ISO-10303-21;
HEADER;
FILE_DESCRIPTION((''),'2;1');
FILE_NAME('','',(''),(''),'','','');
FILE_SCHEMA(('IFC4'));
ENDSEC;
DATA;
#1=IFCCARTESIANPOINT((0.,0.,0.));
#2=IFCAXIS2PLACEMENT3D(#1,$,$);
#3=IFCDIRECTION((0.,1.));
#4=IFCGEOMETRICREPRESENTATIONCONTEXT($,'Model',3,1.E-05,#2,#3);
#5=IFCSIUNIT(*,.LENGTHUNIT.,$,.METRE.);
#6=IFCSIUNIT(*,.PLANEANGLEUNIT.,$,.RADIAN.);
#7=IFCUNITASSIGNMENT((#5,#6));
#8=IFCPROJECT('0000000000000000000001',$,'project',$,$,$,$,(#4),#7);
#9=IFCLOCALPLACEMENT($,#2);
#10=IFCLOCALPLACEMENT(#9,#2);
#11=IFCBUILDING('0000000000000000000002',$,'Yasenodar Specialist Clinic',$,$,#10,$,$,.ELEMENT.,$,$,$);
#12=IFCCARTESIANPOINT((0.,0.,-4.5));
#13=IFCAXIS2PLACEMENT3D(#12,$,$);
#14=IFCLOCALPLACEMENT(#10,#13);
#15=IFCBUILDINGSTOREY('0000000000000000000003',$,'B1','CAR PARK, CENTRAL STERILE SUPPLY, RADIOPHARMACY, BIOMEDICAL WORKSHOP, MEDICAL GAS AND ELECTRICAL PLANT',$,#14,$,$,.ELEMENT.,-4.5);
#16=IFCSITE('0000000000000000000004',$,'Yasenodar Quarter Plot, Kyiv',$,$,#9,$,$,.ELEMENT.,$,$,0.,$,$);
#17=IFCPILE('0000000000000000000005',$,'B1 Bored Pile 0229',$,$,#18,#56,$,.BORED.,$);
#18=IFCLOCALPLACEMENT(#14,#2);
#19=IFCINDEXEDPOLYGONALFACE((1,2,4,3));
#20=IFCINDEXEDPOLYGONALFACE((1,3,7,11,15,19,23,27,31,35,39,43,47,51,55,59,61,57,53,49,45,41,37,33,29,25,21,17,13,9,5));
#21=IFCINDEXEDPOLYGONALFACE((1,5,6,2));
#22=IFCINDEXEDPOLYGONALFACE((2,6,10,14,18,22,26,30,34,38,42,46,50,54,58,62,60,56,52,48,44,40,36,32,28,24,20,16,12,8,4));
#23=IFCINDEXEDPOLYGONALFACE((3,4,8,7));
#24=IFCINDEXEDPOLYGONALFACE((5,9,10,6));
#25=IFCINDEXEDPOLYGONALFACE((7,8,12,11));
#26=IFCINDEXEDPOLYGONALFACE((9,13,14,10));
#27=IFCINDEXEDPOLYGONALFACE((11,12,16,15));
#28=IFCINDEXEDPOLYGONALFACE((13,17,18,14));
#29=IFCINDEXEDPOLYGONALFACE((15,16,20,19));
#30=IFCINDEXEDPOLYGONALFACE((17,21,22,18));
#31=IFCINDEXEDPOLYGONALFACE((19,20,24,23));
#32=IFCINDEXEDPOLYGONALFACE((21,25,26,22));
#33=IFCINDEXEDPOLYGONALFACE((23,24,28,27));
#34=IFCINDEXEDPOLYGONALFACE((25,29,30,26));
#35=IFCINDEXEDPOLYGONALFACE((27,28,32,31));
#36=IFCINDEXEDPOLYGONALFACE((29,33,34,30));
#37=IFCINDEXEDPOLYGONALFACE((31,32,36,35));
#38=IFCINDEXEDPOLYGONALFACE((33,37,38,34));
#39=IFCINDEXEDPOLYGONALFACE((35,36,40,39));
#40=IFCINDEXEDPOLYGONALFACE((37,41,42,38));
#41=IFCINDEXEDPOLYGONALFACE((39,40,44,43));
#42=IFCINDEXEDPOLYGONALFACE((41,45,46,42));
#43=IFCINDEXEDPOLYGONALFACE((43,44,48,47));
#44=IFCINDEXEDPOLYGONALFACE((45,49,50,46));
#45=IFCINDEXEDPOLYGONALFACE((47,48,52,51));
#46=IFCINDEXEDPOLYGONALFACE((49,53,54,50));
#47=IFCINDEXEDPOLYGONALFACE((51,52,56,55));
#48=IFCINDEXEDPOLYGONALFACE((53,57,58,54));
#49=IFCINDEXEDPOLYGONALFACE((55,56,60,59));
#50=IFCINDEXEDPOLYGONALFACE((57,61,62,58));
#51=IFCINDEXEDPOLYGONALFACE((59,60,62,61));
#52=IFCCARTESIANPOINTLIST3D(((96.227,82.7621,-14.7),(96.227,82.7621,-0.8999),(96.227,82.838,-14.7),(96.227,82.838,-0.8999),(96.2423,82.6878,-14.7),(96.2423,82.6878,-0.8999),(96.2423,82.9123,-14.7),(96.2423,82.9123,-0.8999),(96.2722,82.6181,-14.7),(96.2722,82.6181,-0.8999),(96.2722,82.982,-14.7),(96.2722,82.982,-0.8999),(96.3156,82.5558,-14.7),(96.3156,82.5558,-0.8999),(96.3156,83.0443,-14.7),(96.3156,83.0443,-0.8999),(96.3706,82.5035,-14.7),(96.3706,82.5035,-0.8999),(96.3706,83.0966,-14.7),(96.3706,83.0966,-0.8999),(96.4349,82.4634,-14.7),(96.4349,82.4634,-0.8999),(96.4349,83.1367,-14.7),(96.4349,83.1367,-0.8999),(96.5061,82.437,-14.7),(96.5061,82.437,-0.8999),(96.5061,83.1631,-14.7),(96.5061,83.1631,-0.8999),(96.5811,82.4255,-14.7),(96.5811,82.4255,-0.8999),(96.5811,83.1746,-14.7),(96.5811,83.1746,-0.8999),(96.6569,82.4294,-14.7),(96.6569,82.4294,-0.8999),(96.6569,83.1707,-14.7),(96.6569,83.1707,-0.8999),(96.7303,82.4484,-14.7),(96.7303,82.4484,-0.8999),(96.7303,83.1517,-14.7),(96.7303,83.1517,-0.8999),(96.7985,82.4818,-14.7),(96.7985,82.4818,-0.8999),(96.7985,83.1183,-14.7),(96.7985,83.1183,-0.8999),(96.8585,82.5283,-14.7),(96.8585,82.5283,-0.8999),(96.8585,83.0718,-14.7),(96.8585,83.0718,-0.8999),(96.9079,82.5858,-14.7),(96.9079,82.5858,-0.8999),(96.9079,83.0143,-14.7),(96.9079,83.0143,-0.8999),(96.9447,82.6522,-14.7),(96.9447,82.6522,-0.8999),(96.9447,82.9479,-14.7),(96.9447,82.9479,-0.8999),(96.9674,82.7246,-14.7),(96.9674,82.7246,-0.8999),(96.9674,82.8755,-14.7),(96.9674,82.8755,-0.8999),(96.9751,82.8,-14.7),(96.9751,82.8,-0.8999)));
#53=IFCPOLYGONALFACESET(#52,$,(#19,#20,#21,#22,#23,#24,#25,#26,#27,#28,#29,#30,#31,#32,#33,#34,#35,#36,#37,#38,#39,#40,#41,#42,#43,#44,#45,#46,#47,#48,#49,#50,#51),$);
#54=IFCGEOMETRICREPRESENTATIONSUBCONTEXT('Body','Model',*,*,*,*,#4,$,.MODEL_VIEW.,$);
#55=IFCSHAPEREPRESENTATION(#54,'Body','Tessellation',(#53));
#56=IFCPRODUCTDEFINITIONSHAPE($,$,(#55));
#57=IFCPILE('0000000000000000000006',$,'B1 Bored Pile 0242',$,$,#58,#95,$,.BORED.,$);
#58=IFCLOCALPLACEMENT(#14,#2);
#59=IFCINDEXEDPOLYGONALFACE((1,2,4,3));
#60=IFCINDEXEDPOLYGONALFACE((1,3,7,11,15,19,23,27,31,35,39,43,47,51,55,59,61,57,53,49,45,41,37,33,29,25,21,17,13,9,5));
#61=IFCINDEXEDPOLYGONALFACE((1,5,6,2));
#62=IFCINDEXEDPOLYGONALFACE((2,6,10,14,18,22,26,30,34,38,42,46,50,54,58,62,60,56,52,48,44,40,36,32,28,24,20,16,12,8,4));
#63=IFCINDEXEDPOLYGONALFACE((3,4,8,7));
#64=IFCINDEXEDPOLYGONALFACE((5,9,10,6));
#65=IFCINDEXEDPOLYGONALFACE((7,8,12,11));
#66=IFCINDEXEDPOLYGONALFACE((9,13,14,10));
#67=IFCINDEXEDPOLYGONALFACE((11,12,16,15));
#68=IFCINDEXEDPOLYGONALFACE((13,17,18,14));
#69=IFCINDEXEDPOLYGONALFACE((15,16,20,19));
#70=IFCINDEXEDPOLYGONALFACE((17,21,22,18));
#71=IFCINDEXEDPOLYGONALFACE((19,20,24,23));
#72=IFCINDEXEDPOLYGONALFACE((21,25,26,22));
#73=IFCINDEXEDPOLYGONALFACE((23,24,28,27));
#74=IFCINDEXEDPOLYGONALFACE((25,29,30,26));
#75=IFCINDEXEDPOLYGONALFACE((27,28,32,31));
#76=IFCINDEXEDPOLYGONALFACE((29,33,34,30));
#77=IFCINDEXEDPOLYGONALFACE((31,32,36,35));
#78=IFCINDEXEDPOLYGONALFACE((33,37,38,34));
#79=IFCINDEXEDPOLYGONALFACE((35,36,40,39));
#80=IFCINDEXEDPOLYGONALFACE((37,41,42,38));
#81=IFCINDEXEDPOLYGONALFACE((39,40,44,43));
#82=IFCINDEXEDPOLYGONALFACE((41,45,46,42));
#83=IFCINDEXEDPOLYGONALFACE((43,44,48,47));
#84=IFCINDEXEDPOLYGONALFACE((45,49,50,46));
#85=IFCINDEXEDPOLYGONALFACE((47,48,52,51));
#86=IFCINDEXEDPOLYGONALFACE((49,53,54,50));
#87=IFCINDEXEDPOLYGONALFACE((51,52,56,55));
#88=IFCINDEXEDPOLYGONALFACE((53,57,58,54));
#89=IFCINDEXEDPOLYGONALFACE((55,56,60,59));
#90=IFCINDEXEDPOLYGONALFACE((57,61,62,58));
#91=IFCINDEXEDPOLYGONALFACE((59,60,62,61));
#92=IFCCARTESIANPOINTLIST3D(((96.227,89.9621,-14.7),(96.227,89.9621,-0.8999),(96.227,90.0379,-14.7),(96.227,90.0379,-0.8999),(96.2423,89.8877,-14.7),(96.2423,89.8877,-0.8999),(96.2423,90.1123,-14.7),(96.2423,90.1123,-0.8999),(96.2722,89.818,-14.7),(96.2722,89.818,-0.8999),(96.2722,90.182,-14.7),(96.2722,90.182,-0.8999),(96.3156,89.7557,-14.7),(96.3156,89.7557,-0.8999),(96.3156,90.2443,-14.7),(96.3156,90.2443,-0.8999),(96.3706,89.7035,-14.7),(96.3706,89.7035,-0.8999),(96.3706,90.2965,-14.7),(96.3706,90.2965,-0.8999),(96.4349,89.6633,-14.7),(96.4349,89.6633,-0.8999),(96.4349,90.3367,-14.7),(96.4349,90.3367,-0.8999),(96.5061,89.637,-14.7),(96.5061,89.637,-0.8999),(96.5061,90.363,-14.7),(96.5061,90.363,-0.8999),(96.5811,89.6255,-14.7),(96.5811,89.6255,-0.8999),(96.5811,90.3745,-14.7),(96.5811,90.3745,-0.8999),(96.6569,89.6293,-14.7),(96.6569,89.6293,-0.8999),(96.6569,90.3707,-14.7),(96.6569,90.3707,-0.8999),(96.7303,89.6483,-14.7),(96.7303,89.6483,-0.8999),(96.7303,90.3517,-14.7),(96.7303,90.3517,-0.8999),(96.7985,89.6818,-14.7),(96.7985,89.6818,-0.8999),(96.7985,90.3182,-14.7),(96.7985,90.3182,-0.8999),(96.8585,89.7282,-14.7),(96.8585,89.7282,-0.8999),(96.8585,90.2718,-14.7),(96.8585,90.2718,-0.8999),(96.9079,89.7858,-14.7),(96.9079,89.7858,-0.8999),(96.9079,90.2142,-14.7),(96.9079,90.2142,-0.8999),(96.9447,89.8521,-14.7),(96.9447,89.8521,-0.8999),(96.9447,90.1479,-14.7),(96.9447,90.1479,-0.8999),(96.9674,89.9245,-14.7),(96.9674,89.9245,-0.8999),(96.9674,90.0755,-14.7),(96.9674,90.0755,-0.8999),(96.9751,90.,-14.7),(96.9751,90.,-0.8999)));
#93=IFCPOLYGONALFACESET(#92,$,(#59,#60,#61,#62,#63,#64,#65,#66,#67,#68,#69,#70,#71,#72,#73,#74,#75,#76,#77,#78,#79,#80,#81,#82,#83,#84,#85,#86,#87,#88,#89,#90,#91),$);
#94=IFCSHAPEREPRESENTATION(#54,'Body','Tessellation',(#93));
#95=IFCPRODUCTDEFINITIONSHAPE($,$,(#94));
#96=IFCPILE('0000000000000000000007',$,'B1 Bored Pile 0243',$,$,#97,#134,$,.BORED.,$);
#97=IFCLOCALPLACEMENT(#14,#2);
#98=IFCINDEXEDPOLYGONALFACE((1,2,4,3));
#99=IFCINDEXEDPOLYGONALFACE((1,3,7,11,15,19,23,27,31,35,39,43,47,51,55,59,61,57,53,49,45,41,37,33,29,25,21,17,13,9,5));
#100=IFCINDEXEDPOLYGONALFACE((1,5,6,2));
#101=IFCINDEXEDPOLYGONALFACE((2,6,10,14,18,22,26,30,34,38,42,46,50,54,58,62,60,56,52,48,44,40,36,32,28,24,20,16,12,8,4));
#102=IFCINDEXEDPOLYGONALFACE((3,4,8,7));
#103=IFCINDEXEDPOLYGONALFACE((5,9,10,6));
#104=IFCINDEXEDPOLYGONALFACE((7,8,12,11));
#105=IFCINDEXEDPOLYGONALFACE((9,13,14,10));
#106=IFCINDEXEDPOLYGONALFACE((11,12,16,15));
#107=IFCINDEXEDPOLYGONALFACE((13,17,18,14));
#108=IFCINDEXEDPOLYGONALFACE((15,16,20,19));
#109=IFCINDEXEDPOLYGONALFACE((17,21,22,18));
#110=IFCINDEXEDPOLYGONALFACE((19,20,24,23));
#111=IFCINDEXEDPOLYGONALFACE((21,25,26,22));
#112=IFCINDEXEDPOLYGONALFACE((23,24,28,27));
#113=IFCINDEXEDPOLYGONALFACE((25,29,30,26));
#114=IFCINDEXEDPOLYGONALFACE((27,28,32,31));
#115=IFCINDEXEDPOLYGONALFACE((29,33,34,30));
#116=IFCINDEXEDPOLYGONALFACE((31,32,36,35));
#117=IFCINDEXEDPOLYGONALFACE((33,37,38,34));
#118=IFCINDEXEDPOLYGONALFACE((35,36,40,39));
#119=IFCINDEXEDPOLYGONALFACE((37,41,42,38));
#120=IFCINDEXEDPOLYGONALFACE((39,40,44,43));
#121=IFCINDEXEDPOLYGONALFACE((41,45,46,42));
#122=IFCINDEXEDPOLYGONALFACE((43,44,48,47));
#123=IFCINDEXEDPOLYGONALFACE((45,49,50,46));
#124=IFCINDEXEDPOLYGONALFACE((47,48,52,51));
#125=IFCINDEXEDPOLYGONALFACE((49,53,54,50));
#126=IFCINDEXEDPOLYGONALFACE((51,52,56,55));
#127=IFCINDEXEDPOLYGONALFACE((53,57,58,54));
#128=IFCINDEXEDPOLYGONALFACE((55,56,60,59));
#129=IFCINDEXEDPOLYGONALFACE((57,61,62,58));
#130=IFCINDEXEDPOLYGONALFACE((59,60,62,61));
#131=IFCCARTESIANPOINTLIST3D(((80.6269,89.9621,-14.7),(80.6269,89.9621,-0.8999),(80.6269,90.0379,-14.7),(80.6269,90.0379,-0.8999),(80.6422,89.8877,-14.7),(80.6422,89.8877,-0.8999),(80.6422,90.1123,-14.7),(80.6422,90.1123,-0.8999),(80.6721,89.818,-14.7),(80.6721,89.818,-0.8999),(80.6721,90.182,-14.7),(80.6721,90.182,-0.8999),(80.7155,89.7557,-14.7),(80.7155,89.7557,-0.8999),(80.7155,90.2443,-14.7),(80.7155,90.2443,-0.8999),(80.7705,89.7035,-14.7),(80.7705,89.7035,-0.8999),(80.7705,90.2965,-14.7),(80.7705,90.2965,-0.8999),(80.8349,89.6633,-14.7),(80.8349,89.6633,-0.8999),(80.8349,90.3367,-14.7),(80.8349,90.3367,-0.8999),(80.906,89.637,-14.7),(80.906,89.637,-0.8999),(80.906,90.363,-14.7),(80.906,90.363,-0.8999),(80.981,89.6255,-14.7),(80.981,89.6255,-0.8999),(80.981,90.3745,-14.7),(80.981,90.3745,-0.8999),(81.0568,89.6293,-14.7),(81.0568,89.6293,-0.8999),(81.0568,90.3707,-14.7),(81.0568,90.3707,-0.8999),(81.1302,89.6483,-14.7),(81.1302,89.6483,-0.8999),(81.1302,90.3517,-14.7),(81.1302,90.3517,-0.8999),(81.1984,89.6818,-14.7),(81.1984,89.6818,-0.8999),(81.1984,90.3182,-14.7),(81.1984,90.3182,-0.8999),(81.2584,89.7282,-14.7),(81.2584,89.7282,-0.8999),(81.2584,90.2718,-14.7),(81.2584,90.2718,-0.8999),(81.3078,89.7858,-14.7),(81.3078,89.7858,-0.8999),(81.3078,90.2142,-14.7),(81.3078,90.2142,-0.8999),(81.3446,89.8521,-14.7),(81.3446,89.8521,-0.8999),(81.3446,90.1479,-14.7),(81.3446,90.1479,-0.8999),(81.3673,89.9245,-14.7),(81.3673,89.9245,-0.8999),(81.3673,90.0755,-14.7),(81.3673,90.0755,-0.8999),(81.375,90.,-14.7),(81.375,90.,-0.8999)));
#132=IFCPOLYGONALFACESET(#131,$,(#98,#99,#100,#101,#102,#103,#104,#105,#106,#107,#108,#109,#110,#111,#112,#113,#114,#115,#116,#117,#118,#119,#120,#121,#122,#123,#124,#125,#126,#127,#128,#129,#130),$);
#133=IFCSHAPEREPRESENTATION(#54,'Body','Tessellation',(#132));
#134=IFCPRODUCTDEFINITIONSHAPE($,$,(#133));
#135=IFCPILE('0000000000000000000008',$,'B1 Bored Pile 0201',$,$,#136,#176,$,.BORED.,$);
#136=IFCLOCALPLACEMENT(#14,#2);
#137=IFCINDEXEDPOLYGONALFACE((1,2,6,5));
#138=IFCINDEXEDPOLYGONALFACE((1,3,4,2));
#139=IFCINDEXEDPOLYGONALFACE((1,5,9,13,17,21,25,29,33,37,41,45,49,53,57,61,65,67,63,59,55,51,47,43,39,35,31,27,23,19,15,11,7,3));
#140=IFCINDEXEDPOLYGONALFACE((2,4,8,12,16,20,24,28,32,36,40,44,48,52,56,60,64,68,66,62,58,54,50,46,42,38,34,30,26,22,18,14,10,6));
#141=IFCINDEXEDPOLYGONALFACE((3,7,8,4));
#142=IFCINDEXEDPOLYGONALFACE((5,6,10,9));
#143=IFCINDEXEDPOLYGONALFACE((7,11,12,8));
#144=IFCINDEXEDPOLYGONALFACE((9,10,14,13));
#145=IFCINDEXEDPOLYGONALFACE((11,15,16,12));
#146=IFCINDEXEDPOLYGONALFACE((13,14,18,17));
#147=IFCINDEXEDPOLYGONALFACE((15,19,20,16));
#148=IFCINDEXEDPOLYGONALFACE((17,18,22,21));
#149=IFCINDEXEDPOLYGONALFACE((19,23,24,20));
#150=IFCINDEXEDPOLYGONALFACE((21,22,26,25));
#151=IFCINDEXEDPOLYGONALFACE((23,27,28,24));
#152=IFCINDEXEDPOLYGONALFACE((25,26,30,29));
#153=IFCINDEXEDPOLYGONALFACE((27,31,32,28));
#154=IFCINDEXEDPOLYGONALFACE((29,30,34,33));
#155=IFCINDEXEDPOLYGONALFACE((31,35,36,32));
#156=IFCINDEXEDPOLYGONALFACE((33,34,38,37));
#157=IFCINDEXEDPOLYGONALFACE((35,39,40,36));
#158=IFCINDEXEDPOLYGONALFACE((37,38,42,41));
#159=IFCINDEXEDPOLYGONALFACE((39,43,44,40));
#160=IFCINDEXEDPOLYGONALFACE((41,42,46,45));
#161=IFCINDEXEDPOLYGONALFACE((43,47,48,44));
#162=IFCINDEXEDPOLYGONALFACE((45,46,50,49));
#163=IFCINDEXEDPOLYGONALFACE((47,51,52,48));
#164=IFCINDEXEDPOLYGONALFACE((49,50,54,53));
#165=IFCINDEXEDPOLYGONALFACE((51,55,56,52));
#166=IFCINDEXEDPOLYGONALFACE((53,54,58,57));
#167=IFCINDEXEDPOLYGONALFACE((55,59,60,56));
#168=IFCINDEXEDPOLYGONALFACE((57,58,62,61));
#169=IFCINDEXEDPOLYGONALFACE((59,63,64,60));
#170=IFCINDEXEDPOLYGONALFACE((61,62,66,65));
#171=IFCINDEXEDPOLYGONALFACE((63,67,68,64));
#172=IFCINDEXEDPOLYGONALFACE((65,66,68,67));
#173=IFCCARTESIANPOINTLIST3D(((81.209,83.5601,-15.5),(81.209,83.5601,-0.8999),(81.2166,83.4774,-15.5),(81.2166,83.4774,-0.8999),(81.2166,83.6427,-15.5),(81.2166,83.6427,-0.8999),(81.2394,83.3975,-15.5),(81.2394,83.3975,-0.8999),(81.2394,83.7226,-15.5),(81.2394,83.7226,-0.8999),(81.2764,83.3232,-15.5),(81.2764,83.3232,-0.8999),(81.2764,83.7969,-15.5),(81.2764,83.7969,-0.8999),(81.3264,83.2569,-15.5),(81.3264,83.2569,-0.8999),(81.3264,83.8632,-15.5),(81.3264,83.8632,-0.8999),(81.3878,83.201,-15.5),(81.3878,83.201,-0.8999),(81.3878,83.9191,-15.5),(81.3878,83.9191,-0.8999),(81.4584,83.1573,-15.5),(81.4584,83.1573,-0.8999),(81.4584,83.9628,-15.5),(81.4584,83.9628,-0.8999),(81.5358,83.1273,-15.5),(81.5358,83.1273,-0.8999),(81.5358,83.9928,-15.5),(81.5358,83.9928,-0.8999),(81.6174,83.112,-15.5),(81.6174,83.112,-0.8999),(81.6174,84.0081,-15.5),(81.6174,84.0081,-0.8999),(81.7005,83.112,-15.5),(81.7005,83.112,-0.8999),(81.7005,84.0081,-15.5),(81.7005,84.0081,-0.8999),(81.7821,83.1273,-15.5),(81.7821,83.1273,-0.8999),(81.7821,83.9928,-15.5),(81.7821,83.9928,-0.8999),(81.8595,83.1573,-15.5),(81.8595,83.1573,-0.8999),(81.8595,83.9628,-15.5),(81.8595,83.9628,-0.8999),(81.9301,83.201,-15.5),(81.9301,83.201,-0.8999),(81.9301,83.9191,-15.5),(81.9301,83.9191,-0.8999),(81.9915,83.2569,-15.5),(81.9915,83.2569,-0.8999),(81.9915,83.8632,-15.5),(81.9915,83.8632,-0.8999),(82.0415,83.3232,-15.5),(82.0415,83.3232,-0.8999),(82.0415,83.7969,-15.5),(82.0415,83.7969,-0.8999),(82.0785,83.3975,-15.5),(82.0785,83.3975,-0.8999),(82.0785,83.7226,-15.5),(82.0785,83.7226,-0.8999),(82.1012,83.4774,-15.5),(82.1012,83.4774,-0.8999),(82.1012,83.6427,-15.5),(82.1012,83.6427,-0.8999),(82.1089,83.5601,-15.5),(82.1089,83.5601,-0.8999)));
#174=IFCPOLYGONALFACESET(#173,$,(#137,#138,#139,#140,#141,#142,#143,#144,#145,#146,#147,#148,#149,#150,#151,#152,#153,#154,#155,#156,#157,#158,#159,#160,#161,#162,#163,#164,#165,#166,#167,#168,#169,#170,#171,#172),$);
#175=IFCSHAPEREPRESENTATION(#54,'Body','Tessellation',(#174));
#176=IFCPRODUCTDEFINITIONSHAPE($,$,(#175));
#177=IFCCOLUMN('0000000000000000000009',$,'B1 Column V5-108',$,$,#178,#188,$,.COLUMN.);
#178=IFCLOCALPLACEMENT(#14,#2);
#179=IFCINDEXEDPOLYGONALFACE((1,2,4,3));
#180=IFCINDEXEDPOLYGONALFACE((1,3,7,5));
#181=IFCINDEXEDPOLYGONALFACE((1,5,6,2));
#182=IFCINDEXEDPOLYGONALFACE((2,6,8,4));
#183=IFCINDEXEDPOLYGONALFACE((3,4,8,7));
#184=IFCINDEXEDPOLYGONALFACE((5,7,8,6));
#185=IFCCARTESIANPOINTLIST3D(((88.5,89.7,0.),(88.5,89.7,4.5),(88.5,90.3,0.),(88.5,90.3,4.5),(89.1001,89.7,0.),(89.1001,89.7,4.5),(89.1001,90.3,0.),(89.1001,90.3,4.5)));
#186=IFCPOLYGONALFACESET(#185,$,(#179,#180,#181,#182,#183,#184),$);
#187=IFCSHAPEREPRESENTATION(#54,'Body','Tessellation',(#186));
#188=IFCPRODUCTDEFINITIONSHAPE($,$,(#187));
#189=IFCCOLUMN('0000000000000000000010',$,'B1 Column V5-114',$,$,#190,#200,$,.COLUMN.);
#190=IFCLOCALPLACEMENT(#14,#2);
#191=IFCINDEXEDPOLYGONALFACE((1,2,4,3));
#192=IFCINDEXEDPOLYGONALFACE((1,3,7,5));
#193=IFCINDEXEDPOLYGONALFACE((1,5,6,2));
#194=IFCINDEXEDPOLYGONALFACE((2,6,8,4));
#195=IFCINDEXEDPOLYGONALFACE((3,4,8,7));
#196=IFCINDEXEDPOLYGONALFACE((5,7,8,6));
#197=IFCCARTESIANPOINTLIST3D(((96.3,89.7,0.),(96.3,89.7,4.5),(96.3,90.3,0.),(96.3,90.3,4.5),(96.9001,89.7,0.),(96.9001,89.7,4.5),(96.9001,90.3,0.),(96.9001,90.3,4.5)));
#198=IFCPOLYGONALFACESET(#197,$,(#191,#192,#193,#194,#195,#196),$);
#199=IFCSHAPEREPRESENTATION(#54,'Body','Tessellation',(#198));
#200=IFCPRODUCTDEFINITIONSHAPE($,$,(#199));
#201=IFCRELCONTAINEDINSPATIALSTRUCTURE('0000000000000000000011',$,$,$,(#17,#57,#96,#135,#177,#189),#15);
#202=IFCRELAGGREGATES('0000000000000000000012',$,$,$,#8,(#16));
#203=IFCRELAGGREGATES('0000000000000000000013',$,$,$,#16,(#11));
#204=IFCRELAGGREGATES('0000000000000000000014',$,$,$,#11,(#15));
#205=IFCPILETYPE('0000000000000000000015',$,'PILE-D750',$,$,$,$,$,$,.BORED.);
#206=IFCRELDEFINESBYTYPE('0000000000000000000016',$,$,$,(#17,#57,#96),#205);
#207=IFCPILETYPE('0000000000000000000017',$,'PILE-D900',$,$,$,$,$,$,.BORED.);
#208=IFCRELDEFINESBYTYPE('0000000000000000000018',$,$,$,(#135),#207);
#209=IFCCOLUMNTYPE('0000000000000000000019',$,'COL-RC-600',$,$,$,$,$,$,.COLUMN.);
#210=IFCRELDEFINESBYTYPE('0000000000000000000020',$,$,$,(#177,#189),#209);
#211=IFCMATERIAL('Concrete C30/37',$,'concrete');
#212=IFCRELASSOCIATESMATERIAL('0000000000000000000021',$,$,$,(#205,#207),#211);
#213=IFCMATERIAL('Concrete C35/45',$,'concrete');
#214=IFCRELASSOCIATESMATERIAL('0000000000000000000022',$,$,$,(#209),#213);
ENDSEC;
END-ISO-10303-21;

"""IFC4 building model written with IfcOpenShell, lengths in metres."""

from ifc_helpers import new_model, si_unit, direction, frame, origin, origin_2d, place, context, subcontext, project, spatial, rectangle, circle, extrude, material, material_profile, profile_set, type_object, element, save


model = new_model("IFC4")

# Units and contexts
model_context = context("Model", 3, precision=1e-05, world=origin(), true_north=direction((0.0, 1.0)))
body_context = subcontext(model_context, "Body", "Model", "MODEL_VIEW")
ifc_project = project(units=[si_unit("LENGTHUNIT", "METRE"), si_unit("PLANEANGLEUNIT", "RADIAN")], contexts=[model_context])

# Site, building, storey
site_placement = place(None, origin())
site = spatial("IfcSite", under=ifc_project, at=site_placement, Name="Yasenodar Quarter Plot, Kyiv", CompositionType="ELEMENT", RefElevation=0.0)
building_placement = place(site_placement, origin())
building = spatial("IfcBuilding", under=site, at=building_placement, Name="Yasenodar Specialist Clinic", CompositionType="ELEMENT")
storey_placement = place(building_placement, frame((0.0, 0.0, -4.5)))
storey = spatial("IfcBuildingStorey", under=building, at=storey_placement, Name="B1", Description="CAR PARK, CENTRAL STERILE SUPPLY, RADIOPHARMACY, BIOMEDICAL WORKSHOP, MEDICAL GAS AND ELECTRICAL PLANT", CompositionType="ELEMENT", Elevation=-4.5)

# Shared definitions
ifc_material_1 = material(Name="Concrete C35/45", Category="concrete")

# Piles
ifc_material_2 = material(Name="Concrete C30/37", Category="concrete")
ifc_material_profile_1 = material_profile(ifc_material_2, circle(Radius=0.375, at=origin_2d()), Name="PILE D750")
ifc_profile_set_1 = profile_set([ifc_material_profile_1], Name="Concrete C30/37")
pile_type_1 = type_object("IfcPileType", Name="PILE-D750", PredefinedType="BORED", material=ifc_profile_set_1)
for number, where, z_axis, x_axis, name in (
    (1, (96.6001, 82.8, -0.8999), (0.0, 0.0, -1.0), (1.0, 0.0, 0.0), "B1 Bored Pile 0229"),
    (2, (96.6001, 90.0, -0.8999), (0.0, 0.0, -1.0), (1.0, 0.0, 0.0), "B1 Bored Pile 0242"),
    (3, (81.0, 90.0, -0.8999), (0.0, 0.0, -1.0), (1.0, 0.0, 0.0), "B1 Bored Pile 0243"),
):
    element("IfcPile", number, at=place(storey_placement, frame(where, z_axis=z_axis, x_axis=x_axis)), inside=storey, type_object=pile_type_1, Name=name, PredefinedType="BORED", context=body_context, shape_type="SweptSolid", body=[
        extrude(circle(Radius=0.375, at=origin_2d()), origin(), (0.0, 0.0, 1.0), 13.8),
    ])
ifc_material_profile_2 = material_profile(ifc_material_2, circle(Radius=0.45, at=origin_2d()), Name="PILE D900")
ifc_profile_set_2 = profile_set([ifc_material_profile_2], Name="Concrete C30/37")
pile_type_2 = type_object("IfcPileType", Name="PILE-D900", PredefinedType="BORED", material=ifc_profile_set_2)
pile_placement = place(storey_placement, frame((81.6589, 83.5601, -0.8999), z_axis=(0.0, 0.0, -1.0), x_axis=(1.0, 0.0, 0.0)))
element("IfcPile", 4, at=pile_placement, inside=storey, type_object=pile_type_2, Name="B1 Bored Pile 0201", PredefinedType="BORED", context=body_context, shape_type="SweptSolid", body=[
    extrude(circle(Radius=0.45, at=origin_2d()), origin(), (0.0, 0.0, 1.0), 14.6001),
])

# Columns
ifc_material_profile_3 = material_profile(ifc_material_1, rectangle(XDim=0.6001, YDim=0.6001, at=origin_2d()), Name="RC 600x600")
ifc_profile_set_3 = profile_set([ifc_material_profile_3], Name="Concrete C35/45")
column_type_1 = type_object("IfcColumnType", Name="COL-RC-600", PredefinedType="COLUMN", material=ifc_profile_set_3)
for number, where, z_axis, x_axis, name in (
    (5, (88.8, 90.0, 0.0), (0.0, 0.0, 1.0), (1.0, 0.0, 0.0), "B1 Column V5-108"),
    (6, (96.6001, 90.0, 0.0), (0.0, 0.0, 1.0), (1.0, 0.0, 0.0), "B1 Column V5-114"),
):
    element("IfcColumn", number, at=place(storey_placement, frame(where, z_axis=z_axis, x_axis=x_axis)), inside=storey, type_object=column_type_1, Name=name, PredefinedType="COLUMN", context=body_context, shape_type="SweptSolid", body=[
        extrude(rectangle(XDim=0.6001, YDim=0.6001, at=origin_2d()), origin(), (0.0, 0.0, 1.0), 4.5),
    ])

save(model, "model.ifc")
